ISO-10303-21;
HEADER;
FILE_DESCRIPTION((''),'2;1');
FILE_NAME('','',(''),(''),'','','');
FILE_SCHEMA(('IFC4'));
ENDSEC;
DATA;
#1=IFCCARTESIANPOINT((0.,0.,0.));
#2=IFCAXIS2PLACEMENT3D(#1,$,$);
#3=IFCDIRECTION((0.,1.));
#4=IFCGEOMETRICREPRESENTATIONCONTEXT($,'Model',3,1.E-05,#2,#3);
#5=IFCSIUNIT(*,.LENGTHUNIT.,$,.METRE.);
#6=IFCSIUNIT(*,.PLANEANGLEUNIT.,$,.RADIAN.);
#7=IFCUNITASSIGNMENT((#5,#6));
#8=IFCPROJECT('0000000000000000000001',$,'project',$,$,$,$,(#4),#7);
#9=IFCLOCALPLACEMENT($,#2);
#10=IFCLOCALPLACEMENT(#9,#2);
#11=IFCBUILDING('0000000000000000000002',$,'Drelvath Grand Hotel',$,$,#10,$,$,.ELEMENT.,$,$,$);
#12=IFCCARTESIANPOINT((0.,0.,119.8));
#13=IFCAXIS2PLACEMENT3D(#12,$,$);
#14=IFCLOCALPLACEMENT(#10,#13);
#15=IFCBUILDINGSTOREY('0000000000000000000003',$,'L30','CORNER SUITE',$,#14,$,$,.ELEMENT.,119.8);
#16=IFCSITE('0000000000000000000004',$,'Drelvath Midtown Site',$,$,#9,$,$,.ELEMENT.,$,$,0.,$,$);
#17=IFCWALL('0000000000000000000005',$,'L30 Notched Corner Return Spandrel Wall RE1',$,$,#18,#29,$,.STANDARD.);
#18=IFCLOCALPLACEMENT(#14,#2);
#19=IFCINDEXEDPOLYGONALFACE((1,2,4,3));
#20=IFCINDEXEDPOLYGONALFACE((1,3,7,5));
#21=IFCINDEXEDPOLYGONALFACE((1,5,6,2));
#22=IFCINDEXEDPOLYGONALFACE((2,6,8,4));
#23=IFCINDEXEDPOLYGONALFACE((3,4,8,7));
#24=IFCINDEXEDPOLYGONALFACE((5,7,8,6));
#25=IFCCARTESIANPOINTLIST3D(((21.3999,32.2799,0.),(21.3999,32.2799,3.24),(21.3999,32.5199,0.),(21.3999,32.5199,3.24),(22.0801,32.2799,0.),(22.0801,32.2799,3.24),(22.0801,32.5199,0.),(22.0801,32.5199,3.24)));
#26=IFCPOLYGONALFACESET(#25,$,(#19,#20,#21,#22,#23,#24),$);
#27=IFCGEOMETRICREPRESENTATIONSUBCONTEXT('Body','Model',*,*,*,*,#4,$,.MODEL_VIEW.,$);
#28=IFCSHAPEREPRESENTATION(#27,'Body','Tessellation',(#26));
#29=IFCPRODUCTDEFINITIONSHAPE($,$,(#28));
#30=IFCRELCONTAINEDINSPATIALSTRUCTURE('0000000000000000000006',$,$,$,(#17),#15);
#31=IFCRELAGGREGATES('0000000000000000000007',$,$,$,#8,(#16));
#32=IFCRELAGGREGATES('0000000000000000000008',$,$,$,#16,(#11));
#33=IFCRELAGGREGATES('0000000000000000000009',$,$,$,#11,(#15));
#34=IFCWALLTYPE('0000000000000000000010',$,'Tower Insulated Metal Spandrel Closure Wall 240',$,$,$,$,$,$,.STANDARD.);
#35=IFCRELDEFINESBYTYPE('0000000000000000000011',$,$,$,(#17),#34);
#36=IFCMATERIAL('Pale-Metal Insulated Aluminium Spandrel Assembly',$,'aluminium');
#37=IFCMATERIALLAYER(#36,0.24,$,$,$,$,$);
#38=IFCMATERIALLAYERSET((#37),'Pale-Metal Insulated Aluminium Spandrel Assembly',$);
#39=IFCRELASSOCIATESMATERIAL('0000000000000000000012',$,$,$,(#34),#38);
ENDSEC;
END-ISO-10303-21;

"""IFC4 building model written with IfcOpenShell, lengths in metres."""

from ifc_helpers import new_model, si_unit, direction, frame, frame_2d, origin, place, context, subcontext, project, spatial, rectangle, extrude, material, layer, layer_set, type_object, element, save


model = new_model("IFC4")

# Units and contexts
model_context = context("Model", 3, precision=1e-05, world=origin(), true_north=direction((0.0, 1.0)))
body_context = subcontext(model_context, "Body", "Model", "MODEL_VIEW")
ifc_project = project(units=[si_unit("LENGTHUNIT", "METRE"), si_unit("PLANEANGLEUNIT", "RADIAN")], contexts=[model_context])

# Site, building, storey
site_placement = place(None, origin())
site = spatial("IfcSite", under=ifc_project, at=site_placement, Name="Drelvath Midtown Site", CompositionType="ELEMENT", RefElevation=0.0)
building_placement = place(site_placement, origin())
building = spatial("IfcBuilding", under=site, at=building_placement, Name="Drelvath Grand Hotel", CompositionType="ELEMENT")
storey_placement = place(building_placement, frame((0.0, 0.0, 119.8)))
storey = spatial("IfcBuildingStorey", under=building, at=storey_placement, Name="L30", Description="CORNER SUITE", CompositionType="ELEMENT", Elevation=119.8)

# Wall
ifc_material_1 = material(Name="Pale-Metal Insulated Aluminium Spandrel Assembly", Category="aluminium")
ifc_layer_1 = layer(ifc_material_1, 0.24)
ifc_layer_set_1 = layer_set([ifc_layer_1], Name="Pale-Metal Insulated Aluminium Spandrel Assembly")
wall_type_1 = type_object("IfcWallType", Name="Tower Insulated Metal Spandrel Closure Wall 240", PredefinedType="STANDARD", material=ifc_layer_set_1)
wall_1_placement = place(storey_placement, frame((22.0801, 32.3999, 0.0), z_axis=(0.0, 0.0, 1.0), x_axis=(-1.0, 0.0, 0.0)))
element("IfcWall", 1, at=wall_1_placement, inside=storey, type_object=wall_type_1, Name="L30 Notched Corner Return Spandrel Wall RE1", PredefinedType="STANDARD", context=body_context, shape_type="SweptSolid", body=[
    extrude(rectangle(XDim=0.6802, YDim=0.24, at=frame_2d((0.3401, 0.0))), origin(), (0.0, 0.0, 1.0), 3.24),
])

save(model, "model.ifc")
